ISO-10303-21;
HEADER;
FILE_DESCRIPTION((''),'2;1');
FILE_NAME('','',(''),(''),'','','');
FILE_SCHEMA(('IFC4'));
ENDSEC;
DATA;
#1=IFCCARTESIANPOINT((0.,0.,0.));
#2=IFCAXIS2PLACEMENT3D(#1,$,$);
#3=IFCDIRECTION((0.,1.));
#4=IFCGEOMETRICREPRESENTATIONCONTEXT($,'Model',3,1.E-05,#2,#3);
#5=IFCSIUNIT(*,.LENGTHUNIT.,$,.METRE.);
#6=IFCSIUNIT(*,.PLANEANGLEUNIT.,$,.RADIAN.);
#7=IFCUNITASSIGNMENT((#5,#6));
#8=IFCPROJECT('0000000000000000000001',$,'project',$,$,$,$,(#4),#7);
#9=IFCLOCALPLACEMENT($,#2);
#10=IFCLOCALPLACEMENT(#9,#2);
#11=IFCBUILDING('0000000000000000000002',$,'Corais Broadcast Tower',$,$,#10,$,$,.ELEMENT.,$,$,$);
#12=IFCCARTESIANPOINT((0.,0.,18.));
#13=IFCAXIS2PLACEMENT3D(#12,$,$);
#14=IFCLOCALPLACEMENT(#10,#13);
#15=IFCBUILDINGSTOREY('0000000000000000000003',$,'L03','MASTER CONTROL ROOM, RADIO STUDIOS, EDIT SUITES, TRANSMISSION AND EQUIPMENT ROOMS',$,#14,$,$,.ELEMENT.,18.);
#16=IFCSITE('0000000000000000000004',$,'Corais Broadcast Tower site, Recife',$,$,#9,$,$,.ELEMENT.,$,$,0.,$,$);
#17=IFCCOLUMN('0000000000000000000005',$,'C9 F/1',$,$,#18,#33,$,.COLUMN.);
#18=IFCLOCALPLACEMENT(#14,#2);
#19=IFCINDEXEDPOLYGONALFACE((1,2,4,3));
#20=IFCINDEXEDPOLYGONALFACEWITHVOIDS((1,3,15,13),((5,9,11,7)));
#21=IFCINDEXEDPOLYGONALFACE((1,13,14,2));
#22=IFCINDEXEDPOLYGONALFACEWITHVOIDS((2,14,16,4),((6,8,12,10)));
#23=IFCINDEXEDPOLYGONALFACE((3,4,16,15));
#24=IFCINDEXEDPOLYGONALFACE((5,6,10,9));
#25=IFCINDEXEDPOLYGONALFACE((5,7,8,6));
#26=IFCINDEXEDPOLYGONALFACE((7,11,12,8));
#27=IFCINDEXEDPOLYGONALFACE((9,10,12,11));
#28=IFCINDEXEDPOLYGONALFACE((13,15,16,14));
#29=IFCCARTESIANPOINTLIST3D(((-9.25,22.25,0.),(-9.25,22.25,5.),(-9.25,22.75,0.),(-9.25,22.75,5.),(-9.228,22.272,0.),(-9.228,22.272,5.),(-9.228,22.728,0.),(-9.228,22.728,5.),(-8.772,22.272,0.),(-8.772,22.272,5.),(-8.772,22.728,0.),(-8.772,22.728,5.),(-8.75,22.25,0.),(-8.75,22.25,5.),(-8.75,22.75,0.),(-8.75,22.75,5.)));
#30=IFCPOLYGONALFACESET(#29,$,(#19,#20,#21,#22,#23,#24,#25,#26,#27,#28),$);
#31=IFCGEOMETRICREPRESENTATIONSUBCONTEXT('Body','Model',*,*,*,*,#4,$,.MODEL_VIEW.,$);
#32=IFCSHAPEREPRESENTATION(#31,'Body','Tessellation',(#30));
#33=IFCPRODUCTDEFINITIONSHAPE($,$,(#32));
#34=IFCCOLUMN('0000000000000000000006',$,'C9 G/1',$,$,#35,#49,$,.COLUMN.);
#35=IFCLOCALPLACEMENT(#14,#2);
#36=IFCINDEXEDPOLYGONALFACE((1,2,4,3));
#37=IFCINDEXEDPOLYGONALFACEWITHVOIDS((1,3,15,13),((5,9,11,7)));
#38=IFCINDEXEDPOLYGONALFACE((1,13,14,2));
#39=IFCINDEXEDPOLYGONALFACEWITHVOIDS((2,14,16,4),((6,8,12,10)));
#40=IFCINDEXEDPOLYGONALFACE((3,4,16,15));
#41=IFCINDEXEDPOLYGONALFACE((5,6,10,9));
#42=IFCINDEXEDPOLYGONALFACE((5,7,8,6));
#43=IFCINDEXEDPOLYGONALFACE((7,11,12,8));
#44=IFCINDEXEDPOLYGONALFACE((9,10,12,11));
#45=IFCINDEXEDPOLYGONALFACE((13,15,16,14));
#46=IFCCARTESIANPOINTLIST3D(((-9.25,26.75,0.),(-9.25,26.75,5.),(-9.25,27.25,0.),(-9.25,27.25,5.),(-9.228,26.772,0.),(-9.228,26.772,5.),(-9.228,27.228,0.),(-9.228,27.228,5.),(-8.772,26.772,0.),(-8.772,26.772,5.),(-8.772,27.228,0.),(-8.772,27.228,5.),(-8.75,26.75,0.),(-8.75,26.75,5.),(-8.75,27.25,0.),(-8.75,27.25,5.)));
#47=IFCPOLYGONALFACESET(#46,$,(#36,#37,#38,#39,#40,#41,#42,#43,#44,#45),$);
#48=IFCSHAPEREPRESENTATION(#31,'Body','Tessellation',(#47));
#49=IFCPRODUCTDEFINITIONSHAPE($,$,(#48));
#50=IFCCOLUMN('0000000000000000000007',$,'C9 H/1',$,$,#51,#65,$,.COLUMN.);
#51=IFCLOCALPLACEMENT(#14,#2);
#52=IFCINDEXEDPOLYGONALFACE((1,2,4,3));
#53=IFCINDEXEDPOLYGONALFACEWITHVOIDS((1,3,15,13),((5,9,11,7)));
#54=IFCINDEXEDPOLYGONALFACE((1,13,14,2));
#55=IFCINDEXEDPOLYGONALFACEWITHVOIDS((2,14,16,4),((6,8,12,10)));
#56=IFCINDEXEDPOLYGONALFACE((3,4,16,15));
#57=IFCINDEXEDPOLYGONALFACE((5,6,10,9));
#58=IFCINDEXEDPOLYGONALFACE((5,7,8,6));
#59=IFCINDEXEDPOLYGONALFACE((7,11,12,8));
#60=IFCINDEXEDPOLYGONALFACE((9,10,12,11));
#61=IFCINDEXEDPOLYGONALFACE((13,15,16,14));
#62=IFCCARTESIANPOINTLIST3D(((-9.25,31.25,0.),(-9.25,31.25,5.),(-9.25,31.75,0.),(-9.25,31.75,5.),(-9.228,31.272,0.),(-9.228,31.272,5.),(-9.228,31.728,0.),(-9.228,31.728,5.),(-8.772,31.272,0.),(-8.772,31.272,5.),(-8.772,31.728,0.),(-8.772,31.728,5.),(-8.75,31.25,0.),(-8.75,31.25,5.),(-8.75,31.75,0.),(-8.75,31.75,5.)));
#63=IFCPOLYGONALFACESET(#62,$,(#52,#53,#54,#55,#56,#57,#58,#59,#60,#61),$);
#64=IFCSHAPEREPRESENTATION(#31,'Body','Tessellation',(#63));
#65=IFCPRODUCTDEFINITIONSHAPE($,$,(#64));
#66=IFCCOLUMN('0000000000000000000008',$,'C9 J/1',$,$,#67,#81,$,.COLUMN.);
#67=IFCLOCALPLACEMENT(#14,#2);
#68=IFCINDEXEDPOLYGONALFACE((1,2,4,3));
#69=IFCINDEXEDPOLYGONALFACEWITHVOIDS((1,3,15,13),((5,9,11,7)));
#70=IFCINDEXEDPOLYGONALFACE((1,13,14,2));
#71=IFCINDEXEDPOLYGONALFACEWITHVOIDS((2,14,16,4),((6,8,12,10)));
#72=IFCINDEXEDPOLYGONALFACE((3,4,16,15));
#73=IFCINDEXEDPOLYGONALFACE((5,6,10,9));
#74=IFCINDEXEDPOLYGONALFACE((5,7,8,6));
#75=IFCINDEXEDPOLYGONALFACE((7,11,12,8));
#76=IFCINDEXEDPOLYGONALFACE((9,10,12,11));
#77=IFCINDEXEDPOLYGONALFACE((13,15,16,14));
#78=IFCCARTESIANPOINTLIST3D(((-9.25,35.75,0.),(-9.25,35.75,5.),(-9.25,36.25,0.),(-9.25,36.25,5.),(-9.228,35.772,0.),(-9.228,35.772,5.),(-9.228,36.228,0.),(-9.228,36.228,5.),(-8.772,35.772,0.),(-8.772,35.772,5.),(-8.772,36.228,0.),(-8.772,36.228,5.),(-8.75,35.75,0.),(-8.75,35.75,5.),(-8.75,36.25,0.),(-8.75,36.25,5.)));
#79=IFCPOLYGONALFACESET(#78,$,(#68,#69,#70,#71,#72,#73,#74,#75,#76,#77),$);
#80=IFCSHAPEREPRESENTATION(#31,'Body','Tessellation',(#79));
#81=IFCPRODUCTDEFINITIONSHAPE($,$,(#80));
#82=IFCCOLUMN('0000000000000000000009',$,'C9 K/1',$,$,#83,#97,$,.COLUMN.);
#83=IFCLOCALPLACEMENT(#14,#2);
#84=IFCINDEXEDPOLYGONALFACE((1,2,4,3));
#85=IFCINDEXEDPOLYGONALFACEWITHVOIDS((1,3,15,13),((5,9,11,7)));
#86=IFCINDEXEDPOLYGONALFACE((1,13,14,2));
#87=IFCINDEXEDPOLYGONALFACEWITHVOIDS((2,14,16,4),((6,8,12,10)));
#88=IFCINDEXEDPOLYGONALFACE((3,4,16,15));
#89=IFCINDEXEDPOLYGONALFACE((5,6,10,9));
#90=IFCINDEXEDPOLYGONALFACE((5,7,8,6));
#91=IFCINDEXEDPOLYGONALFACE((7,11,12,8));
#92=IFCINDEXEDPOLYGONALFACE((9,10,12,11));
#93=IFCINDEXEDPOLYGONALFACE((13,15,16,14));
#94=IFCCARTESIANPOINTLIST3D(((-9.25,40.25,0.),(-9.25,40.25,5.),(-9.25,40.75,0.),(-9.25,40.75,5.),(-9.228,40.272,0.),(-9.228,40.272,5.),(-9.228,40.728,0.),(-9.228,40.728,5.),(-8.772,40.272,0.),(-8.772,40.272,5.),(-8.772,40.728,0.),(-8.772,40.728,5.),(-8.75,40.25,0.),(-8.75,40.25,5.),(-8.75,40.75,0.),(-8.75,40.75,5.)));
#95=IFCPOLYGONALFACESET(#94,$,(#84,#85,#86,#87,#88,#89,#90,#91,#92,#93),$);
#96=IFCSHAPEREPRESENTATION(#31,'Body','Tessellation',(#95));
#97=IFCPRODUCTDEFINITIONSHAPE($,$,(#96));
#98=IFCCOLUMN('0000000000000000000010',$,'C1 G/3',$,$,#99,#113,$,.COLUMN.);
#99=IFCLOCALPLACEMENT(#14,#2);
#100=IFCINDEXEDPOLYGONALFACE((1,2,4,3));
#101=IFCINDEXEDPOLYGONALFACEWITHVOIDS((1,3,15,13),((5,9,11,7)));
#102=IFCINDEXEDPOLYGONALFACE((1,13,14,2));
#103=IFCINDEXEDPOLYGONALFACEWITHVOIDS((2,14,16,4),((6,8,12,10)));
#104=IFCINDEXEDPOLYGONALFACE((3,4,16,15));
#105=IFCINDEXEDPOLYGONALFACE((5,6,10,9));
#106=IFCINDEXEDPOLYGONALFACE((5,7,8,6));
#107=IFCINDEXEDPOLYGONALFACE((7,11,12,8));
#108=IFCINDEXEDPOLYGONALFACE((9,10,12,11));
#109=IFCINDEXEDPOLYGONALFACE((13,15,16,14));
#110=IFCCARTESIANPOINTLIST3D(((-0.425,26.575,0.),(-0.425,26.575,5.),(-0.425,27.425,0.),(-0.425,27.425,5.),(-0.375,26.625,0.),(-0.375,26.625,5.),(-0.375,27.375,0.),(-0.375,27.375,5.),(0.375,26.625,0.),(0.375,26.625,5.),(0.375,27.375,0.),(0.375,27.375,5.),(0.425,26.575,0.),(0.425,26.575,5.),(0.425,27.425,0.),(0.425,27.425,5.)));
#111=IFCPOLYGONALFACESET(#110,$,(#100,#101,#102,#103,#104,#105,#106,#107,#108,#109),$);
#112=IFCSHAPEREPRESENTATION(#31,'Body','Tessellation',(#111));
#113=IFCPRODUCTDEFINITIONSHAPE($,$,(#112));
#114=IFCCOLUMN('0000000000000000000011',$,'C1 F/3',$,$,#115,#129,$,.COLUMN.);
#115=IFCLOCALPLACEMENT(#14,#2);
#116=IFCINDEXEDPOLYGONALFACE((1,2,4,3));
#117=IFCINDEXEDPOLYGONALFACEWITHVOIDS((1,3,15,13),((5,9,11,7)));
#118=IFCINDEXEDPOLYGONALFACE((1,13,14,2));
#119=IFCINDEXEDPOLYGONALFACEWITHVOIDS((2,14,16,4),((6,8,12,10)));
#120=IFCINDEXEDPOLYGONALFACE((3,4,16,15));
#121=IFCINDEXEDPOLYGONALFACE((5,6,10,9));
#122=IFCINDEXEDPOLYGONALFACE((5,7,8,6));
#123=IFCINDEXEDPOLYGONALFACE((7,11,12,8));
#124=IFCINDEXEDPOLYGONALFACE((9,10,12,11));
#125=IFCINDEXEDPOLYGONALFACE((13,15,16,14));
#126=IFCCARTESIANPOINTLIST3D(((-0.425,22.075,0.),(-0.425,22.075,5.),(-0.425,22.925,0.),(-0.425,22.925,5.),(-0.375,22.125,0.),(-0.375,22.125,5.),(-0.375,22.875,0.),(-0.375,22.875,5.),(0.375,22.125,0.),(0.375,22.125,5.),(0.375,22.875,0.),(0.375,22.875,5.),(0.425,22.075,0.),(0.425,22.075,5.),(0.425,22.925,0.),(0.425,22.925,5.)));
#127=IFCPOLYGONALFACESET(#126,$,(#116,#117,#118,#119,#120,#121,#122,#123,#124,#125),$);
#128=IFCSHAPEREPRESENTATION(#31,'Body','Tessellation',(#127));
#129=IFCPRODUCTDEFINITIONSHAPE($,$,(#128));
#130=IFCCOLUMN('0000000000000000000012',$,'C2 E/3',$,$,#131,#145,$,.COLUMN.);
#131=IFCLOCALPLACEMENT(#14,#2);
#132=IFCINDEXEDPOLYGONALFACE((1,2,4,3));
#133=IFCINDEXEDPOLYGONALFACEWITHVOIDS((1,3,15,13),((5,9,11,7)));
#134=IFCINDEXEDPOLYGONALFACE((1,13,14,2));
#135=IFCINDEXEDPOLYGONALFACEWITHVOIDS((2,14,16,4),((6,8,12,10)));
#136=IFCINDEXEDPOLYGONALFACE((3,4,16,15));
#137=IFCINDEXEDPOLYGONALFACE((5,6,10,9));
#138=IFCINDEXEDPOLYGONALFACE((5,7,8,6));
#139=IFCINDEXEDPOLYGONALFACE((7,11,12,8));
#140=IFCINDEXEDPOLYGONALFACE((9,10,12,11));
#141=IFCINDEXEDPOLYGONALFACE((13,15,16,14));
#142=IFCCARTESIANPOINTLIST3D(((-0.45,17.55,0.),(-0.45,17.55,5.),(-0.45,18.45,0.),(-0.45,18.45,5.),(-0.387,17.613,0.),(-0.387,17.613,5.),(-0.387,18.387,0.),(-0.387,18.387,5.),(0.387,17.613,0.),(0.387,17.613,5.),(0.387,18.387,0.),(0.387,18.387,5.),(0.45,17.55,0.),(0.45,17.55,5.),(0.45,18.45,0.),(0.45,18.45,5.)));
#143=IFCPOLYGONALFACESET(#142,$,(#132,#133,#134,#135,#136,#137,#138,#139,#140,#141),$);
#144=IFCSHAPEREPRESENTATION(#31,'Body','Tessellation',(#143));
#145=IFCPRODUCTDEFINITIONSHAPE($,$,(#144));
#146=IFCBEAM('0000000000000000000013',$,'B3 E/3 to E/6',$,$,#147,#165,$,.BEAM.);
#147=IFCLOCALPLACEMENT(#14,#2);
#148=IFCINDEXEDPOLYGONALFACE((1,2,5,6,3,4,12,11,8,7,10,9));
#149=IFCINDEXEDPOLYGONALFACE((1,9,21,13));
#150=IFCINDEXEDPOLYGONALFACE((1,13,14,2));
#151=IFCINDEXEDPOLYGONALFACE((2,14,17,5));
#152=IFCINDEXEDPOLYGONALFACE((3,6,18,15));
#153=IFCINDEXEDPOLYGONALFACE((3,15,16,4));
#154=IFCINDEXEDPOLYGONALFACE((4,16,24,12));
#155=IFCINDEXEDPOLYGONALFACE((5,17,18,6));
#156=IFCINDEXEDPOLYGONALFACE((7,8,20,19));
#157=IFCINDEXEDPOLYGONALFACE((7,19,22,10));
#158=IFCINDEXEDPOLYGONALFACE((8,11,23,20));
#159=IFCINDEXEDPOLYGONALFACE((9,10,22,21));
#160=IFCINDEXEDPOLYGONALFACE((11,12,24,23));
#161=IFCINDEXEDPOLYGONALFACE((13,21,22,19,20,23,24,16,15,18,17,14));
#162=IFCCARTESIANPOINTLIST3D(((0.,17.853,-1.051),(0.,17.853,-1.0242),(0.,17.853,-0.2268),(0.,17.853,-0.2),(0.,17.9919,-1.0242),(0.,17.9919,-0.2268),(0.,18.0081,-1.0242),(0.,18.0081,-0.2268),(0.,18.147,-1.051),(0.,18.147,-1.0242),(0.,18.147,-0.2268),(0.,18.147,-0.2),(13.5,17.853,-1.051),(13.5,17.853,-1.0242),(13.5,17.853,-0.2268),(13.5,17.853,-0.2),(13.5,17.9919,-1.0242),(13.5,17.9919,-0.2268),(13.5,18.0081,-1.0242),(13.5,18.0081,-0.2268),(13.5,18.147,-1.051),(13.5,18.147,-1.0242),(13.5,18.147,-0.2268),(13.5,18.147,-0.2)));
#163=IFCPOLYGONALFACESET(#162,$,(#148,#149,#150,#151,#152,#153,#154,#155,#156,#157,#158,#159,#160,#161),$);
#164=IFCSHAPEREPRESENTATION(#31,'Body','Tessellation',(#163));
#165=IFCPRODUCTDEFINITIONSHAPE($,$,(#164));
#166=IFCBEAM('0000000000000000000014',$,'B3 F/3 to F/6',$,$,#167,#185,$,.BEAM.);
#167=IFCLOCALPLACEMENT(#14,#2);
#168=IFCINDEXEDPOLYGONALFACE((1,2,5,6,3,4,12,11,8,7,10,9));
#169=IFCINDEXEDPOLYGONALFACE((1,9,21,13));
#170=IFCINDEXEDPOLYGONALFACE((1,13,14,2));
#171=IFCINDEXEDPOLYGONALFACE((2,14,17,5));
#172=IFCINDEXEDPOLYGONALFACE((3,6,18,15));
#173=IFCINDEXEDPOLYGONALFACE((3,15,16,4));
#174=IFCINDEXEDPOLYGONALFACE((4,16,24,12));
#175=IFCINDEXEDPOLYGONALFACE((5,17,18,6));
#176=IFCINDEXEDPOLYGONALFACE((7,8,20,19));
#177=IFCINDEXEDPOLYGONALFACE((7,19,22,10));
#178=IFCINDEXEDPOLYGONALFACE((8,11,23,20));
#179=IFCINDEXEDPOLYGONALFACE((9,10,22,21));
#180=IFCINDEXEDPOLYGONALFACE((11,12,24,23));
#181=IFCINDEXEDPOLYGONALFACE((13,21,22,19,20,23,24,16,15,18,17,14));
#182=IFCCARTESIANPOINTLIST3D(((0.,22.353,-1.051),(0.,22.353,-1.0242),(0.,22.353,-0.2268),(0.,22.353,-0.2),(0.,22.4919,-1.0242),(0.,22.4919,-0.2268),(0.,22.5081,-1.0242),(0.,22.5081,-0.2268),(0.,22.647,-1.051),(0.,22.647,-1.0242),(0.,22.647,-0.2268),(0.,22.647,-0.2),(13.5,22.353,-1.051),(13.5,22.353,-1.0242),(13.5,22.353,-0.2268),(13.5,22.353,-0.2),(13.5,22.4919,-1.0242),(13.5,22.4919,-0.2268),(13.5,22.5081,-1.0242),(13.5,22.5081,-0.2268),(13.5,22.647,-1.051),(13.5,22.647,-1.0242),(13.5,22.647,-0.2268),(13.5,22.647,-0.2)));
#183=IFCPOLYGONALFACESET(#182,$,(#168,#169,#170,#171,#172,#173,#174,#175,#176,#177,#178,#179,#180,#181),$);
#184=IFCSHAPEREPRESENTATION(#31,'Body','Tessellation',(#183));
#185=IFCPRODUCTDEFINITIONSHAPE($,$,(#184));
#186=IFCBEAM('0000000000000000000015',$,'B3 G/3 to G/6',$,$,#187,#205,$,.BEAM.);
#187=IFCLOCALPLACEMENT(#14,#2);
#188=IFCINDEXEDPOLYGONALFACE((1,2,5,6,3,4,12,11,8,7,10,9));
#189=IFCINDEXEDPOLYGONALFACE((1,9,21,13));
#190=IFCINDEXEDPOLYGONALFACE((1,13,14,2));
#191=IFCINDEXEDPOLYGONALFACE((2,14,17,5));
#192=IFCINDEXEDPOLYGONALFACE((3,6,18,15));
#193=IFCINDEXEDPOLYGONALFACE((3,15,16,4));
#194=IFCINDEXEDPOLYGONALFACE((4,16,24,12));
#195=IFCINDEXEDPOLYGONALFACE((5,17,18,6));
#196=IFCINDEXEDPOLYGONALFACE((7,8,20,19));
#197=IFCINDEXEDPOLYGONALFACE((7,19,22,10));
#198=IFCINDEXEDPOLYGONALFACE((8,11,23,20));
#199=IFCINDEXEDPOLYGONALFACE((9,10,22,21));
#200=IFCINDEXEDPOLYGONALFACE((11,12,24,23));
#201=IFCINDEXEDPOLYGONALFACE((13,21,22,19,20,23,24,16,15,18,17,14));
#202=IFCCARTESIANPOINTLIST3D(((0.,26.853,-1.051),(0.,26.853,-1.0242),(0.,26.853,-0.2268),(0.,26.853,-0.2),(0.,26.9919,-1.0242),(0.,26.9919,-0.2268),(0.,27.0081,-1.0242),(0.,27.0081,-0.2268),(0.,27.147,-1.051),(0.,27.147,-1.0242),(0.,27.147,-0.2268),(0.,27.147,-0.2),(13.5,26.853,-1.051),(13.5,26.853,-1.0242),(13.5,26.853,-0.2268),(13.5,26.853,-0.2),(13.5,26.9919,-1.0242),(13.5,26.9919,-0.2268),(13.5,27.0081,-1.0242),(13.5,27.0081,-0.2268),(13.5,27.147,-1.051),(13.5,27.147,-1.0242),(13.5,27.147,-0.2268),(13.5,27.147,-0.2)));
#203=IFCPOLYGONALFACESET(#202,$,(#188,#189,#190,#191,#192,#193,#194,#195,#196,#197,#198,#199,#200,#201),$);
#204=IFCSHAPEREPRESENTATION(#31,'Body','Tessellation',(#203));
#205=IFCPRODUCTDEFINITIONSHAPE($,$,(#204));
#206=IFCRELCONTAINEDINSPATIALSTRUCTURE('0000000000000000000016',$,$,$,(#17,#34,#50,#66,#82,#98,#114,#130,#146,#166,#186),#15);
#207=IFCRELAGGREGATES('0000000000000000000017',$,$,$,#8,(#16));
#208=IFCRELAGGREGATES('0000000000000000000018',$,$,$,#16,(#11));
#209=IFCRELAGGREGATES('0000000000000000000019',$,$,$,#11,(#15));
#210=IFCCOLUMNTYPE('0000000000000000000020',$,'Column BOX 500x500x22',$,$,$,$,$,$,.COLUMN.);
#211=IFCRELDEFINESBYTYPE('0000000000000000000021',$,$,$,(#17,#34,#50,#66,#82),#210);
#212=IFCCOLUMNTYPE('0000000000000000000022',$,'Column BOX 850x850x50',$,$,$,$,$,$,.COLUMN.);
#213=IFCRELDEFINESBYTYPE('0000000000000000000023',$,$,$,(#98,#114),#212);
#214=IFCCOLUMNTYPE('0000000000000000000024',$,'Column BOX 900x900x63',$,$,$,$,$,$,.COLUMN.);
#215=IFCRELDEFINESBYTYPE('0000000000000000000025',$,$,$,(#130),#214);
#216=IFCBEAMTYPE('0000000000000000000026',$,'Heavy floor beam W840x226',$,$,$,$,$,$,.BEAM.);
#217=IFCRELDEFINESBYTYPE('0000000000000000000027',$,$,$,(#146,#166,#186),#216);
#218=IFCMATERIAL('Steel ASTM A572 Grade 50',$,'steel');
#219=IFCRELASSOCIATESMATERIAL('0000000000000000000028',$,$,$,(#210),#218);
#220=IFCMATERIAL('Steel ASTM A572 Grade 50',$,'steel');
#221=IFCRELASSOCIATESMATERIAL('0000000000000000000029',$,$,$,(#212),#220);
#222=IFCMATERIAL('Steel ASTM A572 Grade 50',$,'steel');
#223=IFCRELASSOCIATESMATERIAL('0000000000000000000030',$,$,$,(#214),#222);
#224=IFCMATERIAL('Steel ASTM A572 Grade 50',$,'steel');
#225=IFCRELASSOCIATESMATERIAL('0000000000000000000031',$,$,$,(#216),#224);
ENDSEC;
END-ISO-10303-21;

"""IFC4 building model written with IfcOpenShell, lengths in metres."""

from ifc_helpers import new_model, si_unit, direction, frame, origin, origin_2d, place, context, subcontext, project, spatial, hollow_rectangle, i_section, extrude, material, material_profile, profile_set, type_object, element, save


model = new_model("IFC4")

# Units and contexts
model_context = context("Model", 3, precision=1e-05, world=origin(), true_north=direction((0.0, 1.0)))
body_context = subcontext(model_context, "Body", "Model", "MODEL_VIEW")
ifc_project = project(units=[si_unit("LENGTHUNIT", "METRE"), si_unit("PLANEANGLEUNIT", "RADIAN")], contexts=[model_context])

# Site, building, storey
site_placement = place(None, origin())
site = spatial("IfcSite", under=ifc_project, at=site_placement, Name="Corais Broadcast Tower site, Recife", CompositionType="ELEMENT", RefElevation=0.0)
building_placement = place(site_placement, origin())
building = spatial("IfcBuilding", under=site, at=building_placement, Name="Corais Broadcast Tower", CompositionType="ELEMENT")
storey_placement = place(building_placement, frame((0.0, 0.0, 18.0)))
storey = spatial("IfcBuildingStorey", under=building, at=storey_placement, Name="L03", Description="MASTER CONTROL ROOM, RADIO STUDIOS, EDIT SUITES, TRANSMISSION AND EQUIPMENT ROOMS", CompositionType="ELEMENT", Elevation=18.0)

# Columns
ifc_material_1 = material(Name="Steel ASTM A572 Grade 50", Category="steel")
ifc_material_profile_1 = material_profile(ifc_material_1, hollow_rectangle(XDim=0.5, YDim=0.5, WallThickness=0.022, at=origin_2d()), Name="BOX 500x500x22")
ifc_profile_set_1 = profile_set([ifc_material_profile_1], Name="Steel ASTM A572 Grade 50")
column_type_1 = type_object("IfcColumnType", Name="Column BOX 500x500x22", PredefinedType="COLUMN", material=ifc_profile_set_1)
for number, where, z_axis, x_axis, name in (
    (1, (-9.0, 22.5, 0.0), (0.0, 0.0, 1.0), (1.0, 0.0, 0.0), "C9 F/1"),
    (2, (-9.0, 27.0, 0.0), (0.0, 0.0, 1.0), (1.0, 0.0, 0.0), "C9 G/1"),
    (3, (-9.0, 31.5, 0.0), (0.0, 0.0, 1.0), (1.0, 0.0, 0.0), "C9 H/1"),
    (4, (-9.0, 36.0, 0.0), (0.0, 0.0, 1.0), (1.0, 0.0, 0.0), "C9 J/1"),
    (5, (-9.0, 40.5, 0.0), (0.0, 0.0, 1.0), (1.0, 0.0, 0.0), "C9 K/1"),
):
    element("IfcColumn", number, at=place(storey_placement, frame(where, z_axis=z_axis, x_axis=x_axis)), inside=storey, type_object=column_type_1, Name=name, PredefinedType="COLUMN", context=body_context, shape_type="SweptSolid", body=[
        extrude(hollow_rectangle(XDim=0.5, YDim=0.5, WallThickness=0.022, at=origin_2d()), origin(), (0.0, 0.0, 1.0), 5.0),
    ])
ifc_material_2 = material(Name="Steel ASTM A572 Grade 50", Category="steel")
ifc_material_profile_2 = material_profile(ifc_material_2, hollow_rectangle(XDim=0.8501, YDim=0.8501, WallThickness=0.05, at=origin_2d()), Name="BOX 850x850x50")
ifc_profile_set_2 = profile_set([ifc_material_profile_2], Name="Steel ASTM A572 Grade 50")
column_type_2 = type_object("IfcColumnType", Name="Column BOX 850x850x50", PredefinedType="COLUMN", material=ifc_profile_set_2)
for number, where, z_axis, x_axis, name in (
    (6, (0.0, 27.0, 0.0), (0.0, 0.0, 1.0), (1.0, 0.0, 0.0), "C1 G/3"),
    (7, (0.0, 22.5, 0.0), (0.0, 0.0, 1.0), (1.0, 0.0, 0.0), "C1 F/3"),
):
    element("IfcColumn", number, at=place(storey_placement, frame(where, z_axis=z_axis, x_axis=x_axis)), inside=storey, type_object=column_type_2, Name=name, PredefinedType="COLUMN", context=body_context, shape_type="SweptSolid", body=[
        extrude(hollow_rectangle(XDim=0.8501, YDim=0.8501, WallThickness=0.05, at=origin_2d()), origin(), (0.0, 0.0, 1.0), 5.0),
    ])
ifc_material_3 = material(Name="Steel ASTM A572 Grade 50", Category="steel")
ifc_material_profile_3 = material_profile(ifc_material_3, hollow_rectangle(XDim=0.8999, YDim=0.8999, WallThickness=0.063, at=origin_2d()), Name="BOX 900x900x63")
ifc_profile_set_3 = profile_set([ifc_material_profile_3], Name="Steel ASTM A572 Grade 50")
column_type_3 = type_object("IfcColumnType", Name="Column BOX 900x900x63", PredefinedType="COLUMN", material=ifc_profile_set_3)
column_placement = place(storey_placement, frame((0.0, 18.0, 0.0), z_axis=(0.0, 0.0, 1.0), x_axis=(1.0, 0.0, 0.0)))
element("IfcColumn", 8, at=column_placement, inside=storey, type_object=column_type_3, Name="C2 E/3", PredefinedType="COLUMN", context=body_context, shape_type="SweptSolid", body=[
    extrude(hollow_rectangle(XDim=0.8999, YDim=0.8999, WallThickness=0.063, at=origin_2d()), origin(), (0.0, 0.0, 1.0), 5.0),
])

# Beams
ifc_material_4 = material(Name="Steel ASTM A572 Grade 50", Category="steel")
ifc_material_profile_4 = material_profile(ifc_material_4, i_section(OverallWidth=0.2939, OverallDepth=0.8511, WebThickness=0.0161, FlangeThickness=0.0269, at=origin_2d()), Name="W840x226")
ifc_profile_set_4 = profile_set([ifc_material_profile_4], Name="Steel ASTM A572 Grade 50")
beam_type_1 = type_object("IfcBeamType", Name="Heavy floor beam W840x226", PredefinedType="BEAM", material=ifc_profile_set_4)
for number, where, z_axis, x_axis, name in (
    (9, (0.0, 18.0, -0.6255), (1.0, 0.0, 0.0), (0.0, 1.0, 0.0), "B3 E/3 to E/6"),
    (10, (0.0, 22.5, -0.6255), (1.0, 0.0, 0.0), (0.0, 1.0, 0.0), "B3 F/3 to F/6"),
    (11, (0.0, 27.0, -0.6255), (1.0, 0.0, 0.0), (0.0, 1.0, 0.0), "B3 G/3 to G/6"),
):
    element("IfcBeam", number, at=place(storey_placement, frame(where, z_axis=z_axis, x_axis=x_axis)), inside=storey, type_object=beam_type_1, Name=name, PredefinedType="BEAM", context=body_context, shape_type="SweptSolid", body=[
        extrude(i_section(OverallWidth=0.2939, OverallDepth=0.8511, WebThickness=0.0161, FlangeThickness=0.0269, at=origin_2d()), origin(), (0.0, 0.0, 1.0), 13.5),
    ])

save(model, "model.ifc")
